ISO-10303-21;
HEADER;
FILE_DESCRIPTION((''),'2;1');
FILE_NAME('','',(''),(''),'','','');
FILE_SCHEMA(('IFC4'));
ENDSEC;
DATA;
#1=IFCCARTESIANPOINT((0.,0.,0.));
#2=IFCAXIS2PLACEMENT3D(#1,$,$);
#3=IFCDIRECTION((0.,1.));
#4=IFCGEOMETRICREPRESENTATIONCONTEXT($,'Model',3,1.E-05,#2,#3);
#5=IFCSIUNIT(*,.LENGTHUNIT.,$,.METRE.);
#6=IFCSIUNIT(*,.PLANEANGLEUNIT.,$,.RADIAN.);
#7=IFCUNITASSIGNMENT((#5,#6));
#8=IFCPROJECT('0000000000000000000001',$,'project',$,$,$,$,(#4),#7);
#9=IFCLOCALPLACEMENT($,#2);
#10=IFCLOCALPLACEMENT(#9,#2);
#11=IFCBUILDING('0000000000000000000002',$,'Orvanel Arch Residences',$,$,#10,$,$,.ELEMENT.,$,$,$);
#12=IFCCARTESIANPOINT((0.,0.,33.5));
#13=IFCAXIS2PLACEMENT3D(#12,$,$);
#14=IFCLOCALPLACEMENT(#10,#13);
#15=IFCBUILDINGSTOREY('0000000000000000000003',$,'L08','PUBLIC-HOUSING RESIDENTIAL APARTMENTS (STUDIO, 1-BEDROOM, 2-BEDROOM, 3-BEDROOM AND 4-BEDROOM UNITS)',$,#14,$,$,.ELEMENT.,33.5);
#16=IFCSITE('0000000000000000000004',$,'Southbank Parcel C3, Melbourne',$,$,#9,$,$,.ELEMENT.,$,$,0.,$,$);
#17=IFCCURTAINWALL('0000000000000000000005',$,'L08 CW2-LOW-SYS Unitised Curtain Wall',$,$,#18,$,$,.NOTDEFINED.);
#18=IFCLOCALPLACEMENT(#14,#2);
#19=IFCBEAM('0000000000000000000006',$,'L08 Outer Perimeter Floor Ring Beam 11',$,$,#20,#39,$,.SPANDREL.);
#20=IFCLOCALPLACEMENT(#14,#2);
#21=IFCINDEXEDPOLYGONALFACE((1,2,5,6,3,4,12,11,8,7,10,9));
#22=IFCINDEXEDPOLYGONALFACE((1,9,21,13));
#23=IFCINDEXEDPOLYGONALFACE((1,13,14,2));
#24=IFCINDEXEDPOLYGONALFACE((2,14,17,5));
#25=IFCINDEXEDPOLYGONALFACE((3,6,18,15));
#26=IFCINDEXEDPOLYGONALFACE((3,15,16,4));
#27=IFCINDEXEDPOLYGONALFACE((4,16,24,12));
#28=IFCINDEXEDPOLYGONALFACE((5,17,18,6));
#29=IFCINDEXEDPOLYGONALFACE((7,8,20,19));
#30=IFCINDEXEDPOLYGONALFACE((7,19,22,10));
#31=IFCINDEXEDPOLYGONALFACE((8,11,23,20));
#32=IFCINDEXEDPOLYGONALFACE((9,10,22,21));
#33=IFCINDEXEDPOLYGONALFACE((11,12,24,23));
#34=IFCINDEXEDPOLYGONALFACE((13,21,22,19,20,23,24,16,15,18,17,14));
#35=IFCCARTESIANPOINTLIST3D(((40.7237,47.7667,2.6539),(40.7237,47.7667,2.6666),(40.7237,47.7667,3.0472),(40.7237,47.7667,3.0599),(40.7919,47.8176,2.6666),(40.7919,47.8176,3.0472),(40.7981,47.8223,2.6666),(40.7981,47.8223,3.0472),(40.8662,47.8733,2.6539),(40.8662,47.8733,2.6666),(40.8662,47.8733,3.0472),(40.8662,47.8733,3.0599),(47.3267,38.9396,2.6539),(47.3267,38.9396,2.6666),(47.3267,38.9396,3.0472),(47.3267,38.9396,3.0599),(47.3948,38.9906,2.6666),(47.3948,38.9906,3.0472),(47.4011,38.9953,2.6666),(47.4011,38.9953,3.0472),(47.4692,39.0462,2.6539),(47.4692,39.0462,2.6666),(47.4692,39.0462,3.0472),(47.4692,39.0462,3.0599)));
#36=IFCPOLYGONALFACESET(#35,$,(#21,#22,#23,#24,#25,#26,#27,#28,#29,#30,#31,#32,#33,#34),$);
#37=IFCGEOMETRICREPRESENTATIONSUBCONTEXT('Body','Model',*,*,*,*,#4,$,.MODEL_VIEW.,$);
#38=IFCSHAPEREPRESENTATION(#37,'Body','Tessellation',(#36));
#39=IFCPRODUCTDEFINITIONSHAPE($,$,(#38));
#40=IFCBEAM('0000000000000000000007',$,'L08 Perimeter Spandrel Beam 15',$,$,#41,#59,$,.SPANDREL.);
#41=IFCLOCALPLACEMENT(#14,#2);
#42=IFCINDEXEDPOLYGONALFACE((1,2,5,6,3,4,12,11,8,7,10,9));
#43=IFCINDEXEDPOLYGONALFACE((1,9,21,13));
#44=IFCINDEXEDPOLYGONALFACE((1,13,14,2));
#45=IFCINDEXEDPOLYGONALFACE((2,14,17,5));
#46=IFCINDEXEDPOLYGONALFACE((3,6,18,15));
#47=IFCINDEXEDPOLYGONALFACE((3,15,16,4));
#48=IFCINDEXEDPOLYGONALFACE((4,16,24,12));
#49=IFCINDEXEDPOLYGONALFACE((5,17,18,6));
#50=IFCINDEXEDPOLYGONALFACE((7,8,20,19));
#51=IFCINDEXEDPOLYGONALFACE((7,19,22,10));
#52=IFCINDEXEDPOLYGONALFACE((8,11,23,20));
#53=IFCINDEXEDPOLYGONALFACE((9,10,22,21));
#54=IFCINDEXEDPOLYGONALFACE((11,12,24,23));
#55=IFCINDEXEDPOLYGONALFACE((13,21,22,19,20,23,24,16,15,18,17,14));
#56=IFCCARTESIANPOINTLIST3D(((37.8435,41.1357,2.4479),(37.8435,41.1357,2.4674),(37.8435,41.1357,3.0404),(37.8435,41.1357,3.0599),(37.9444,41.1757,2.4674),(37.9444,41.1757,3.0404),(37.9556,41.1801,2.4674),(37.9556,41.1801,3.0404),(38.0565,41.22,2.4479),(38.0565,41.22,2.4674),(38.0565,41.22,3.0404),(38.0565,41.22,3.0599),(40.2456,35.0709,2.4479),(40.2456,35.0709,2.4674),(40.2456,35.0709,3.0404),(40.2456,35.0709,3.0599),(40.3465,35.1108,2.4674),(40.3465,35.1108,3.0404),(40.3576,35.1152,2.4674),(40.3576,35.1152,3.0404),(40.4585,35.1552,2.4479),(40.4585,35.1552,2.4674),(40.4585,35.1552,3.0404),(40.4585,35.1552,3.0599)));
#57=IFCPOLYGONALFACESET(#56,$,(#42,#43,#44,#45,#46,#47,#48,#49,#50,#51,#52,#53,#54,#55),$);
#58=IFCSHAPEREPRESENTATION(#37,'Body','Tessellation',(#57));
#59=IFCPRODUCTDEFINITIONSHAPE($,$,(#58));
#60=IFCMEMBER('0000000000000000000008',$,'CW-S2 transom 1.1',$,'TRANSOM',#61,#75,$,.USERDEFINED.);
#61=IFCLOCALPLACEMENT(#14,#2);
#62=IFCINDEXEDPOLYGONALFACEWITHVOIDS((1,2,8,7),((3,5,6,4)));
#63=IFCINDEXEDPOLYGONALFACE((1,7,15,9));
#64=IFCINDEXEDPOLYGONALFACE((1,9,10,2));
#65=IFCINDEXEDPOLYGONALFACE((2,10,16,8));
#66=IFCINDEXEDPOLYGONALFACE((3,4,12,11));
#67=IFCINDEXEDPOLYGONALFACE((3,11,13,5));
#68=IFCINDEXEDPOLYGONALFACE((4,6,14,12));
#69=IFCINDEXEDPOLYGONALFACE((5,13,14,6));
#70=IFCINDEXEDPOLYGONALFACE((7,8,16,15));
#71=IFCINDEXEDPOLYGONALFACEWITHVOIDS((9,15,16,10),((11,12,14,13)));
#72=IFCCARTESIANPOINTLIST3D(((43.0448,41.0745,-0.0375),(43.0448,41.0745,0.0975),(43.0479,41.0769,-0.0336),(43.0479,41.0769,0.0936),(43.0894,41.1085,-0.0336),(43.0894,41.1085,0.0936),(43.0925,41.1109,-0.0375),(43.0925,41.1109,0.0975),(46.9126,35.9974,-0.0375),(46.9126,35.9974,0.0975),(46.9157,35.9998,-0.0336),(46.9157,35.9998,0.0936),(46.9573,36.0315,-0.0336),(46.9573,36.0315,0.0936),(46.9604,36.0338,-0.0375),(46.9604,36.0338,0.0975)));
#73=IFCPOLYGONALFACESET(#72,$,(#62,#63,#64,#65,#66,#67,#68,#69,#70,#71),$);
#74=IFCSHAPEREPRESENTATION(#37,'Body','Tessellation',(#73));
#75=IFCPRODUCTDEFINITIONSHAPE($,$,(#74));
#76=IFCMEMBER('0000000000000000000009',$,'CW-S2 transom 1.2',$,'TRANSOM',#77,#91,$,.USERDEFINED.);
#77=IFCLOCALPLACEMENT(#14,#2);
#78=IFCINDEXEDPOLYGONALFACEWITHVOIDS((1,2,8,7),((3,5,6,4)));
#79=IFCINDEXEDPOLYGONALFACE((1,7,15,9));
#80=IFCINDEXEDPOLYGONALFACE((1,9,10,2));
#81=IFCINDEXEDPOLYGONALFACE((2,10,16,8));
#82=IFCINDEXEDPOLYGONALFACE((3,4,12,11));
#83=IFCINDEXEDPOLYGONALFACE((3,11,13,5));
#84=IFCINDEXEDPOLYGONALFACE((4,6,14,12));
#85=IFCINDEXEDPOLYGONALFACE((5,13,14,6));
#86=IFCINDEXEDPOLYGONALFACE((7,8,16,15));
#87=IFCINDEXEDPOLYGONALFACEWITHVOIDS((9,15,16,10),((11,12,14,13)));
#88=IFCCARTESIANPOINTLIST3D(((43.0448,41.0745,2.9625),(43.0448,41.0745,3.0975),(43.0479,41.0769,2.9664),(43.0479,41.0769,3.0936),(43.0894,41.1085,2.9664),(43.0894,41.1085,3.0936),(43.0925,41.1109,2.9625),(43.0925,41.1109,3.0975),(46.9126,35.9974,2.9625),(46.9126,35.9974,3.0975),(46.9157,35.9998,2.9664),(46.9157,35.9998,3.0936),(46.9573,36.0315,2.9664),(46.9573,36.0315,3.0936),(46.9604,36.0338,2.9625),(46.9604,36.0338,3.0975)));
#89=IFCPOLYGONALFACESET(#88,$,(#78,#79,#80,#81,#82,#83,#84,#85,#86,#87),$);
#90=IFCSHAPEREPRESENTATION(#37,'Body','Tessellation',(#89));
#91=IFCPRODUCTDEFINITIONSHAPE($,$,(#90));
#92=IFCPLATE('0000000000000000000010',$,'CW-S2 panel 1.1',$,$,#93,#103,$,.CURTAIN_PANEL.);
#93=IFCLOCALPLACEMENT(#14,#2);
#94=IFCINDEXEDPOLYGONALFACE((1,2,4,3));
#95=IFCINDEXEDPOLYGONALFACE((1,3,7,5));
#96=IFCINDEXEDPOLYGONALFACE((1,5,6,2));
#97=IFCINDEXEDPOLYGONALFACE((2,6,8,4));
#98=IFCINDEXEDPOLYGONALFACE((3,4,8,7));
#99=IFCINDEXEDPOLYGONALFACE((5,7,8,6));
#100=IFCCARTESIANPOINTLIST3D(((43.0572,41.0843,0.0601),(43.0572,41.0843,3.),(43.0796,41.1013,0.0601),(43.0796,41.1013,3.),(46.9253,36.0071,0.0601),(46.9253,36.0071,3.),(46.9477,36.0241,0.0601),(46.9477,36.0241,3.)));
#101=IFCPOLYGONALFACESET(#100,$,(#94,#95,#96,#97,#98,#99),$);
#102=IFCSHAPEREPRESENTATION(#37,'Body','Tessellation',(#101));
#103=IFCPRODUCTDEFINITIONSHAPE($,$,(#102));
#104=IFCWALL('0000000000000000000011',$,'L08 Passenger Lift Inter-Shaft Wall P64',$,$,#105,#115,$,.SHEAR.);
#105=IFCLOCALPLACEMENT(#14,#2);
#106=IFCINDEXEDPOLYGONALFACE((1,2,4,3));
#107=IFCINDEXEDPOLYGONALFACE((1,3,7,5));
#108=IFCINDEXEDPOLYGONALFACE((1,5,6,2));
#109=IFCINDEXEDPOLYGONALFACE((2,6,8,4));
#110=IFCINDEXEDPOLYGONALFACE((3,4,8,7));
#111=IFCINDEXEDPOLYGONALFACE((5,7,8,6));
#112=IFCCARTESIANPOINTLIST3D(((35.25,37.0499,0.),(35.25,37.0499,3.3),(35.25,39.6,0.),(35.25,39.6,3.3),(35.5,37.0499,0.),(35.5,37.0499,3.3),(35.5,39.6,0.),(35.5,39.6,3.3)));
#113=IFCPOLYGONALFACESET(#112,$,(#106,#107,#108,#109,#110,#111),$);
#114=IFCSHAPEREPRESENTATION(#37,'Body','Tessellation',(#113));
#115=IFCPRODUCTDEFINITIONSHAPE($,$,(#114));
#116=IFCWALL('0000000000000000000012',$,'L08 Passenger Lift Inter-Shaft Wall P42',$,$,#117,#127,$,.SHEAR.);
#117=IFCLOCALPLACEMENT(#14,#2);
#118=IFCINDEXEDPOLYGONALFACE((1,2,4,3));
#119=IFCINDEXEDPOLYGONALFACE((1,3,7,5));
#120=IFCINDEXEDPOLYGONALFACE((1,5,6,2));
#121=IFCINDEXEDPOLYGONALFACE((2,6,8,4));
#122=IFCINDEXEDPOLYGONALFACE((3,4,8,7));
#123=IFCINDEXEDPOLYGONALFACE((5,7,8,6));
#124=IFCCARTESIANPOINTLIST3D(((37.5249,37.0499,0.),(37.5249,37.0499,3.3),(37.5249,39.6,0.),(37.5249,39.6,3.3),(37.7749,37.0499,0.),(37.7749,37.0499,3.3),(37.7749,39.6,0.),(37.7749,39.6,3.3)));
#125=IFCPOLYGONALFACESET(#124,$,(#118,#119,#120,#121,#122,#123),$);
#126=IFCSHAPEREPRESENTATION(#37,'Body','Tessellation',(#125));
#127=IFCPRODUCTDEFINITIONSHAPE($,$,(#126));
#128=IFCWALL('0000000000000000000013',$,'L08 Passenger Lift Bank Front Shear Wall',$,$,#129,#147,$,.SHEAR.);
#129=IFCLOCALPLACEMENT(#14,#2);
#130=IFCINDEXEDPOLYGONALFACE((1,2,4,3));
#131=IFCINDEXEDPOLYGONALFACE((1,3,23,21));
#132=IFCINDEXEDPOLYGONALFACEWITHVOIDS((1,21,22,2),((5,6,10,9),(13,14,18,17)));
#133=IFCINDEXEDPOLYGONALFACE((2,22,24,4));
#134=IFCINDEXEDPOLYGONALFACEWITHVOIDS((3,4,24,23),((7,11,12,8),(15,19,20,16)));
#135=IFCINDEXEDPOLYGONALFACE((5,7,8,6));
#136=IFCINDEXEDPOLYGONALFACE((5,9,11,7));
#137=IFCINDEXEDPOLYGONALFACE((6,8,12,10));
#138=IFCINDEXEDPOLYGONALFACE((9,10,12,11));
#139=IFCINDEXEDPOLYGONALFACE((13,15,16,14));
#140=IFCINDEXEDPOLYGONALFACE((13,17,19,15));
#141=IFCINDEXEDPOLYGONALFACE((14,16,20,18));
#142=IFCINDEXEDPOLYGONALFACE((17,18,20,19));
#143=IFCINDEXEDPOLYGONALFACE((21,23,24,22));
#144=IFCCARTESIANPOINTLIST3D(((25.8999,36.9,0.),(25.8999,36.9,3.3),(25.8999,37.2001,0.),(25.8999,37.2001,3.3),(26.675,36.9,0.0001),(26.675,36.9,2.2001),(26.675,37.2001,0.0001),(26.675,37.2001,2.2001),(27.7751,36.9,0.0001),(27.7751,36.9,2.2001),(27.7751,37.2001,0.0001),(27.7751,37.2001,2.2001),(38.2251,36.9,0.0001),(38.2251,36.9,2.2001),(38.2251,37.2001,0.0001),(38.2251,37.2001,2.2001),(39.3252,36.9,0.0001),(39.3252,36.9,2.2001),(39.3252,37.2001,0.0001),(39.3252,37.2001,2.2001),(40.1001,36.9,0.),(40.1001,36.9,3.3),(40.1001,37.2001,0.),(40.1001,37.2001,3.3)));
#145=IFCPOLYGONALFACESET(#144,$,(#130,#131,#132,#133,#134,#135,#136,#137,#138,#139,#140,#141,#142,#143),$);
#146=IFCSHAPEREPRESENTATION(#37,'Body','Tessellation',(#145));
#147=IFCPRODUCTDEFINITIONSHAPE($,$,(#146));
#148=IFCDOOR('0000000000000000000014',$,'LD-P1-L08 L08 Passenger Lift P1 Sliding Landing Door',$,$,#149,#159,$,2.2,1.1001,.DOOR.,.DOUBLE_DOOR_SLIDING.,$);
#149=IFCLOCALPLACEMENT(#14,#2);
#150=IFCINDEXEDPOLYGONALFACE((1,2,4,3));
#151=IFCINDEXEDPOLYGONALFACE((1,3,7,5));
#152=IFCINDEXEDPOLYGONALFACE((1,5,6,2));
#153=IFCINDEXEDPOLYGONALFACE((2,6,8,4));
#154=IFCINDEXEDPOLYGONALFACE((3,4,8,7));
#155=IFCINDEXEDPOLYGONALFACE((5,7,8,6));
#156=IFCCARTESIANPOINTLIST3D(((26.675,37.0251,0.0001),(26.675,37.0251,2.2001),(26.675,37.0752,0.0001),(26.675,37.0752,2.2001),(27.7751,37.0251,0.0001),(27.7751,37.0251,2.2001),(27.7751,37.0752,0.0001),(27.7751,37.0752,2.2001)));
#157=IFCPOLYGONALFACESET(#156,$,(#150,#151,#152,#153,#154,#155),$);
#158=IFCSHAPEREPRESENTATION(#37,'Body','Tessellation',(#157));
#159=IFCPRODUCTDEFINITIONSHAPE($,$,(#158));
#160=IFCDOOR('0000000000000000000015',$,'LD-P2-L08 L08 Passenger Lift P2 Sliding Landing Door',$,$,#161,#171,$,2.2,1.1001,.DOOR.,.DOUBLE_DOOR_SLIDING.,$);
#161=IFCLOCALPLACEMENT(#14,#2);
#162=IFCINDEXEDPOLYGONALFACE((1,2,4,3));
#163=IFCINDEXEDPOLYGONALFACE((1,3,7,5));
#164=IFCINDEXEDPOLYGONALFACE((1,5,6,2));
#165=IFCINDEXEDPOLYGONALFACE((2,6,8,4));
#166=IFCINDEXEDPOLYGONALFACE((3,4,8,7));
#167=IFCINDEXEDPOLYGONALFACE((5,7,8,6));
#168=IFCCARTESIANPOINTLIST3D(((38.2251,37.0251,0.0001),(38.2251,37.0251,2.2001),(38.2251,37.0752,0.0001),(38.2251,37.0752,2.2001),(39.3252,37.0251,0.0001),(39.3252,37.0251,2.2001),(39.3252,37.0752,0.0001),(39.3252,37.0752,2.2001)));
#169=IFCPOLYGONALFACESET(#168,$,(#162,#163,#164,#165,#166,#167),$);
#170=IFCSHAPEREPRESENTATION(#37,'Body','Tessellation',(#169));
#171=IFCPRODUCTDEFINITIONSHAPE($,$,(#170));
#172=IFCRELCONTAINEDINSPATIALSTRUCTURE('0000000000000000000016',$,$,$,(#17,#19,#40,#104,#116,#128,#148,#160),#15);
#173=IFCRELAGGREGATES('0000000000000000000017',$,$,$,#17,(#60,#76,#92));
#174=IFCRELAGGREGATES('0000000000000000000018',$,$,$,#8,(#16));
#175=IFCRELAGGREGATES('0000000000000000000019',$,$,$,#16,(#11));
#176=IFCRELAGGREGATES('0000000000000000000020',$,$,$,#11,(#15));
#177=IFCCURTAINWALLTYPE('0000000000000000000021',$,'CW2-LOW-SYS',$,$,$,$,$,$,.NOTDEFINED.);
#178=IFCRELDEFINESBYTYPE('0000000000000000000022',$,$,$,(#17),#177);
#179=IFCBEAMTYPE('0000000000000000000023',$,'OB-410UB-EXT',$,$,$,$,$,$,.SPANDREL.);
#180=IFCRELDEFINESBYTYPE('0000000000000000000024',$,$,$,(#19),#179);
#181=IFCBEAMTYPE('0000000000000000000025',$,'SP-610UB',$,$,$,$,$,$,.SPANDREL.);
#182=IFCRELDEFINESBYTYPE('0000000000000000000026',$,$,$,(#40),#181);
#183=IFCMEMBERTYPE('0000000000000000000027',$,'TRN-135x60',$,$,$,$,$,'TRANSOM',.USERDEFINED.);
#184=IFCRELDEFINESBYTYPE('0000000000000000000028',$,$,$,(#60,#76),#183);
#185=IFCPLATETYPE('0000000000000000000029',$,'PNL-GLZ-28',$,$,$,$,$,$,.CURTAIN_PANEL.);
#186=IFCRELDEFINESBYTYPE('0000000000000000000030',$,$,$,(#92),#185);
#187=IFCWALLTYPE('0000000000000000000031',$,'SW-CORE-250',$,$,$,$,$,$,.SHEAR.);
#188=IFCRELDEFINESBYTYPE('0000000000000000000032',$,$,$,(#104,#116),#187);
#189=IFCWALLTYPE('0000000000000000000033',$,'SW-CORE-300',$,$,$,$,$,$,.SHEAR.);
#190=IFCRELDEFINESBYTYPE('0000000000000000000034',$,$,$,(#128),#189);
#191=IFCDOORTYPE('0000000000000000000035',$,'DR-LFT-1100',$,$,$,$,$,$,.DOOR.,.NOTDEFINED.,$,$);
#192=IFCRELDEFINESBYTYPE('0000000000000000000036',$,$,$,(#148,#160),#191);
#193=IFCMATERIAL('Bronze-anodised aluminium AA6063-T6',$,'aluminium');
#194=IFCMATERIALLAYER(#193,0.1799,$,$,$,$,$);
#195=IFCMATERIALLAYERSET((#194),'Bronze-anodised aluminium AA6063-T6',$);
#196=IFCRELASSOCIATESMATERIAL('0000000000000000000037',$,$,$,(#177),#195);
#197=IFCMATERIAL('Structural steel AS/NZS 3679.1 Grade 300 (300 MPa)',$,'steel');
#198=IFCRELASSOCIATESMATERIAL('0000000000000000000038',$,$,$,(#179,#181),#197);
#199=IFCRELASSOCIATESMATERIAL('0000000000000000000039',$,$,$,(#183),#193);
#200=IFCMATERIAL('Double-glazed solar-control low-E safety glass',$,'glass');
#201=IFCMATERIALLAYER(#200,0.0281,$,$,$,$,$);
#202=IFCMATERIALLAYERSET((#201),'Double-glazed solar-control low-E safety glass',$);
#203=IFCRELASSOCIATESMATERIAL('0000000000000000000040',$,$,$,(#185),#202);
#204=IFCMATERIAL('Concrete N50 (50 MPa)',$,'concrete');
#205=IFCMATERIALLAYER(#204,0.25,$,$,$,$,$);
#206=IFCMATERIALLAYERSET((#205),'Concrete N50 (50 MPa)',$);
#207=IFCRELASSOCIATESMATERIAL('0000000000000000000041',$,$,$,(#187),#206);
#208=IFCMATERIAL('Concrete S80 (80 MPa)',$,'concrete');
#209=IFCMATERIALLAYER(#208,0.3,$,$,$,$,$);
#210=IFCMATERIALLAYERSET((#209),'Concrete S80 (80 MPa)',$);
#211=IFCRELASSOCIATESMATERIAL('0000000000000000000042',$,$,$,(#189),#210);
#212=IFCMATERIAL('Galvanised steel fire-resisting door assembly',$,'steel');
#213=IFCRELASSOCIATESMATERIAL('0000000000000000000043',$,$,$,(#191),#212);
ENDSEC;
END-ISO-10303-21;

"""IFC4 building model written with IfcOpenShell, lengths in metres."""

from ifc_helpers import new_model, si_unit, direction, frame, frame_2d, origin, origin_2d, place, context, subcontext, project, spatial, rectangle, hollow_rectangle, i_section, extrude, material, layer, layer_set, material_profile, profile_set, type_object, element, fill, aggregate, save


model = new_model("IFC4")

# Units and contexts
model_context = context("Model", 3, precision=1e-05, world=origin(), true_north=direction((0.0, 1.0)))
body_context = subcontext(model_context, "Body", "Model", "MODEL_VIEW")
ifc_project = project(units=[si_unit("LENGTHUNIT", "METRE"), si_unit("PLANEANGLEUNIT", "RADIAN")], contexts=[model_context])

# Site, building, storey
site_placement = place(None, origin())
site = spatial("IfcSite", under=ifc_project, at=site_placement, Name="Southbank Parcel C3, Melbourne", CompositionType="ELEMENT", RefElevation=0.0)
building_placement = place(site_placement, origin())
building = spatial("IfcBuilding", under=site, at=building_placement, Name="Orvanel Arch Residences", CompositionType="ELEMENT")
storey_placement = place(building_placement, frame((0.0, 0.0, 33.5)))
storey = spatial("IfcBuildingStorey", under=building, at=storey_placement, Name="L08", Description="PUBLIC-HOUSING RESIDENTIAL APARTMENTS (STUDIO, 1-BEDROOM, 2-BEDROOM, 3-BEDROOM AND 4-BEDROOM UNITS)", CompositionType="ELEMENT", Elevation=33.5)

# Shared definitions
ifc_material_1 = material(Name="Structural steel AS/NZS 3679.1 Grade 300 (300 MPa)", Category="steel")

# Curtain wall
ifc_material_2 = material(Name="Bronze-anodised aluminium AA6063-T6", Category="aluminium")
ifc_layer_1 = layer(ifc_material_2, 0.1799)
ifc_layer_set_1 = layer_set([ifc_layer_1], Name="Bronze-anodised aluminium AA6063-T6")
curtain_wall_type = type_object("IfcCurtainWallType", Name="CW2-LOW-SYS", PredefinedType="NOTDEFINED", material=ifc_layer_set_1)
curtain_wall_1_placement = place(storey_placement, origin())
curtain_wall_1 = element("IfcCurtainWall", 1, at=curtain_wall_1_placement, inside=storey, type_object=curtain_wall_type, Name="L08 CW2-LOW-SYS Unitised Curtain Wall", PredefinedType="NOTDEFINED")

# Beams
ifc_material_profile_1 = material_profile(ifc_material_1, i_section(OverallWidth=0.178, OverallDepth=0.406, WebThickness=0.0078, FlangeThickness=0.0127, at=origin_2d()), Name="410UB59.7")
ifc_profile_set_1 = profile_set([ifc_material_profile_1], Name="Structural steel AS/NZS 3679.1 Grade 300 (300 MPa)")
beam_type_1 = type_object("IfcBeamType", Name="OB-410UB-EXT", PredefinedType="SPANDREL", material=ifc_profile_set_1)
beam_1_placement = place(storey_placement, frame((47.3979, 38.9929, 2.8569), z_axis=(-0.598993, 0.800754, 0.0), x_axis=(-0.800754, -0.598993, 0.0)))
element("IfcBeam", 2, at=beam_1_placement, inside=storey, type_object=beam_type_1, Name="L08 Outer Perimeter Floor Ring Beam 11", PredefinedType="SPANDREL", context=body_context, shape_type="SweptSolid", body=[
    extrude(i_section(OverallWidth=0.178, OverallDepth=0.406, WebThickness=0.0078, FlangeThickness=0.0127, at=origin_2d()), origin(), (0.0, 0.0, 1.0), 11.0234),
])
ifc_material_profile_2 = material_profile(ifc_material_1, i_section(OverallWidth=0.229, OverallDepth=0.6121, WebThickness=0.012, FlangeThickness=0.0195, at=origin_2d()), Name="610UB125")
ifc_profile_set_2 = profile_set([ifc_material_profile_2], Name="Structural steel AS/NZS 3679.1 Grade 300 (300 MPa)")
beam_type_2 = type_object("IfcBeamType", Name="SP-610UB", PredefinedType="SPANDREL", material=ifc_profile_set_2)
beam_2_placement = place(storey_placement, frame((40.3521, 35.113, 2.7539), z_axis=(-0.368233, 0.929733, 0.0), x_axis=(-0.929733, -0.368233, 0.0)))
element("IfcBeam", 3, at=beam_2_placement, inside=storey, type_object=beam_type_2, Name="L08 Perimeter Spandrel Beam 15", PredefinedType="SPANDREL", context=body_context, shape_type="SweptSolid", body=[
    extrude(i_section(OverallWidth=0.229, OverallDepth=0.6121, WebThickness=0.012, FlangeThickness=0.0195, at=origin_2d()), origin(), (0.0, 0.0, 1.0), 6.5232),
])

# Members
ifc_material_profile_3 = material_profile(ifc_material_2, hollow_rectangle(XDim=0.0601, YDim=0.135, WallThickness=0.0039, at=origin_2d()), Name="ALU135x60x4")
ifc_profile_set_3 = profile_set([ifc_material_profile_3], Name="Bronze-anodised aluminium AA6063-T6")
member_type_1 = type_object("IfcMemberType", Name="TRN-135x60", ElementType="TRANSOM", PredefinedType="USERDEFINED", material=ifc_profile_set_3)
member_1_placement = place(storey_placement, frame((46.9365, 36.0156, 0.03), z_axis=(-0.606005, 0.795461, 0.0), x_axis=(-0.795461, -0.606005, 0.0)))
member_1 = element("IfcMember", 4, at=member_1_placement, type_object=member_type_1, Name="CW-S2 transom 1.1", ObjectType="TRANSOM", PredefinedType="USERDEFINED", context=body_context, shape_type="SweptSolid", body=[
    extrude(hollow_rectangle(XDim=0.0601, YDim=0.135, WallThickness=0.0039, at=origin_2d()), origin(), (0.0, 0.0, 1.0), 6.3826),
])
member_2_placement = place(storey_placement, frame((46.9365, 36.0156, 3.03), z_axis=(-0.606005, 0.795461, 0.0), x_axis=(-0.795461, -0.606005, 0.0)))
member_2 = element("IfcMember", 5, at=member_2_placement, type_object=member_type_1, Name="CW-S2 transom 1.2", ObjectType="TRANSOM", PredefinedType="USERDEFINED", context=body_context, shape_type="SweptSolid", body=[
    extrude(hollow_rectangle(XDim=0.0601, YDim=0.135, WallThickness=0.0039, at=origin_2d()), origin(), (0.0, 0.0, 1.0), 6.3826),
])

# Plate
ifc_material_3 = material(Name="Double-glazed solar-control low-E safety glass", Category="glass")
ifc_layer_2 = layer(ifc_material_3, 0.0281)
ifc_layer_set_2 = layer_set([ifc_layer_2], Name="Double-glazed solar-control low-E safety glass")
plate_type = type_object("IfcPlateType", Name="PNL-GLZ-28", PredefinedType="CURTAIN_PANEL", material=ifc_layer_set_2)
plate_placement = place(storey_placement, frame((45.0024, 38.5542, 0.0601), z_axis=(0.0, 0.0, 1.0), x_axis=(-0.606017, 0.795452, 0.0)))
plate = element("IfcPlate", 6, at=plate_placement, type_object=plate_type, Name="CW-S2 panel 1.1", PredefinedType="CURTAIN_PANEL", context=body_context, shape_type="SweptSolid", body=[
    extrude(rectangle(XDim=6.3828, YDim=0.0281, at=origin_2d()), origin(), (0.0, 0.0, 1.0), 2.9399),
])
aggregate(curtain_wall_1, [member_1, member_2, plate])

# Walls
ifc_material_4 = material(Name="Concrete N50 (50 MPa)", Category="concrete")
ifc_layer_3 = layer(ifc_material_4, 0.25)
ifc_layer_set_3 = layer_set([ifc_layer_3], Name="Concrete N50 (50 MPa)")
wall_type_1 = type_object("IfcWallType", Name="SW-CORE-250", PredefinedType="SHEAR", material=ifc_layer_set_3)
for number, where, z_axis, x_axis, name in (
    (7, (35.375, 37.05, 0.0), (0.0, 0.0, 1.0), (0.0, 1.0, 0.0), "L08 Passenger Lift Inter-Shaft Wall P64"),
    (8, (37.6499, 37.05, 0.0), (0.0, 0.0, 1.0), (0.0, 1.0, 0.0), "L08 Passenger Lift Inter-Shaft Wall P42"),
):
    element("IfcWall", number, at=place(storey_placement, frame(where, z_axis=z_axis, x_axis=x_axis)), inside=storey, type_object=wall_type_1, Name=name, PredefinedType="SHEAR", context=body_context, shape_type="SweptSolid", body=[
        extrude(rectangle(XDim=2.55, YDim=0.25, at=frame_2d((1.2749, 0.0))), origin(), (0.0, 0.0, 1.0), 3.3),
    ])

# Wall, openings, doors
ifc_material_5 = material(Name="Concrete S80 (80 MPa)", Category="concrete")
ifc_layer_4 = layer(ifc_material_5, 0.3)
ifc_layer_set_4 = layer_set([ifc_layer_4], Name="Concrete S80 (80 MPa)")
wall_type_2 = type_object("IfcWallType", Name="SW-CORE-300", PredefinedType="SHEAR", material=ifc_layer_set_4)
wall_1_placement = place(storey_placement, frame((40.1001, 37.05, 0.0), z_axis=(0.0, 0.0, 1.0), x_axis=(-1.0, 0.0, 0.0)))
wall_1 = element("IfcWall", 9, at=wall_1_placement, inside=storey, type_object=wall_type_2, Name="L08 Passenger Lift Bank Front Shear Wall", PredefinedType="SHEAR", context=body_context, shape_type="SweptSolid", body=[
    extrude(rectangle(XDim=14.2002, YDim=0.3, at=frame_2d((7.1001, 0.0))), origin(), (0.0, 0.0, 1.0), 3.3),
])
opening_1_placement = place(wall_1_placement, frame((12.325, 0.0, 0.0)))
opening_1 = element("IfcOpeningElement", 10, at=opening_1_placement, cuts=wall_1, PredefinedType="OPENING", context=body_context, shape_type="SweptSolid", body=[
    extrude(rectangle(XDim=1.1001, YDim=2.2, at=frame_2d((0.55, 1.1001))), frame((0.0, 0.1599, 0.0), z_axis=(0.0, -1.0, 0.0), x_axis=(1.0, 0.0, 0.0)), (0.0, 0.0, 1.0), 0.3201),
])
opening_2_placement = place(wall_1_placement, frame((0.7749, 0.0, 0.0)))
opening_2 = element("IfcOpeningElement", 11, at=opening_2_placement, cuts=wall_1, PredefinedType="OPENING", context=body_context, shape_type="SweptSolid", body=[
    extrude(rectangle(XDim=1.1001, YDim=2.2, at=frame_2d((0.55, 1.1001))), frame((0.0, 0.1599, 0.0), z_axis=(0.0, -1.0, 0.0), x_axis=(1.0, 0.0, 0.0)), (0.0, 0.0, 1.0), 0.3201),
])
ifc_material_6 = material(Name="Galvanised steel fire-resisting door assembly", Category="steel")
door_type_1 = type_object("IfcDoorType", Name="DR-LFT-1100", OperationType="NOTDEFINED", PredefinedType="DOOR", material=ifc_material_6)
door_1_placement = place(opening_1_placement, origin())
door_1 = element("IfcDoor", 12, at=door_1_placement, inside=storey, type_object=door_type_1, Name="LD-P1-L08 L08 Passenger Lift P1 Sliding Landing Door", OperationType="DOUBLE_DOOR_SLIDING", OverallHeight=2.2, OverallWidth=1.1001, PredefinedType="DOOR", context=body_context, shape_type="SweptSolid", body=[
    extrude(rectangle(XDim=1.1001, YDim=2.2, at=frame_2d((0.55, 1.1001))), frame((0.0, 0.0249, 0.0), z_axis=(0.0, -1.0, 0.0), x_axis=(1.0, 0.0, 0.0)), (0.0, 0.0, 1.0), 0.05),
])
fill(opening_1, door_1)
door_2_placement = place(opening_2_placement, origin())
door_2 = element("IfcDoor", 13, at=door_2_placement, inside=storey, type_object=door_type_1, Name="LD-P2-L08 L08 Passenger Lift P2 Sliding Landing Door", OperationType="DOUBLE_DOOR_SLIDING", OverallHeight=2.2, OverallWidth=1.1001, PredefinedType="DOOR", context=body_context, shape_type="SweptSolid", body=[
    extrude(rectangle(XDim=1.1001, YDim=2.2, at=frame_2d((0.55, 1.1001))), frame((0.0, 0.0249, 0.0), z_axis=(0.0, -1.0, 0.0), x_axis=(1.0, 0.0, 0.0)), (0.0, 0.0, 1.0), 0.05),
])
fill(opening_2, door_2)

save(model, "model.ifc")
